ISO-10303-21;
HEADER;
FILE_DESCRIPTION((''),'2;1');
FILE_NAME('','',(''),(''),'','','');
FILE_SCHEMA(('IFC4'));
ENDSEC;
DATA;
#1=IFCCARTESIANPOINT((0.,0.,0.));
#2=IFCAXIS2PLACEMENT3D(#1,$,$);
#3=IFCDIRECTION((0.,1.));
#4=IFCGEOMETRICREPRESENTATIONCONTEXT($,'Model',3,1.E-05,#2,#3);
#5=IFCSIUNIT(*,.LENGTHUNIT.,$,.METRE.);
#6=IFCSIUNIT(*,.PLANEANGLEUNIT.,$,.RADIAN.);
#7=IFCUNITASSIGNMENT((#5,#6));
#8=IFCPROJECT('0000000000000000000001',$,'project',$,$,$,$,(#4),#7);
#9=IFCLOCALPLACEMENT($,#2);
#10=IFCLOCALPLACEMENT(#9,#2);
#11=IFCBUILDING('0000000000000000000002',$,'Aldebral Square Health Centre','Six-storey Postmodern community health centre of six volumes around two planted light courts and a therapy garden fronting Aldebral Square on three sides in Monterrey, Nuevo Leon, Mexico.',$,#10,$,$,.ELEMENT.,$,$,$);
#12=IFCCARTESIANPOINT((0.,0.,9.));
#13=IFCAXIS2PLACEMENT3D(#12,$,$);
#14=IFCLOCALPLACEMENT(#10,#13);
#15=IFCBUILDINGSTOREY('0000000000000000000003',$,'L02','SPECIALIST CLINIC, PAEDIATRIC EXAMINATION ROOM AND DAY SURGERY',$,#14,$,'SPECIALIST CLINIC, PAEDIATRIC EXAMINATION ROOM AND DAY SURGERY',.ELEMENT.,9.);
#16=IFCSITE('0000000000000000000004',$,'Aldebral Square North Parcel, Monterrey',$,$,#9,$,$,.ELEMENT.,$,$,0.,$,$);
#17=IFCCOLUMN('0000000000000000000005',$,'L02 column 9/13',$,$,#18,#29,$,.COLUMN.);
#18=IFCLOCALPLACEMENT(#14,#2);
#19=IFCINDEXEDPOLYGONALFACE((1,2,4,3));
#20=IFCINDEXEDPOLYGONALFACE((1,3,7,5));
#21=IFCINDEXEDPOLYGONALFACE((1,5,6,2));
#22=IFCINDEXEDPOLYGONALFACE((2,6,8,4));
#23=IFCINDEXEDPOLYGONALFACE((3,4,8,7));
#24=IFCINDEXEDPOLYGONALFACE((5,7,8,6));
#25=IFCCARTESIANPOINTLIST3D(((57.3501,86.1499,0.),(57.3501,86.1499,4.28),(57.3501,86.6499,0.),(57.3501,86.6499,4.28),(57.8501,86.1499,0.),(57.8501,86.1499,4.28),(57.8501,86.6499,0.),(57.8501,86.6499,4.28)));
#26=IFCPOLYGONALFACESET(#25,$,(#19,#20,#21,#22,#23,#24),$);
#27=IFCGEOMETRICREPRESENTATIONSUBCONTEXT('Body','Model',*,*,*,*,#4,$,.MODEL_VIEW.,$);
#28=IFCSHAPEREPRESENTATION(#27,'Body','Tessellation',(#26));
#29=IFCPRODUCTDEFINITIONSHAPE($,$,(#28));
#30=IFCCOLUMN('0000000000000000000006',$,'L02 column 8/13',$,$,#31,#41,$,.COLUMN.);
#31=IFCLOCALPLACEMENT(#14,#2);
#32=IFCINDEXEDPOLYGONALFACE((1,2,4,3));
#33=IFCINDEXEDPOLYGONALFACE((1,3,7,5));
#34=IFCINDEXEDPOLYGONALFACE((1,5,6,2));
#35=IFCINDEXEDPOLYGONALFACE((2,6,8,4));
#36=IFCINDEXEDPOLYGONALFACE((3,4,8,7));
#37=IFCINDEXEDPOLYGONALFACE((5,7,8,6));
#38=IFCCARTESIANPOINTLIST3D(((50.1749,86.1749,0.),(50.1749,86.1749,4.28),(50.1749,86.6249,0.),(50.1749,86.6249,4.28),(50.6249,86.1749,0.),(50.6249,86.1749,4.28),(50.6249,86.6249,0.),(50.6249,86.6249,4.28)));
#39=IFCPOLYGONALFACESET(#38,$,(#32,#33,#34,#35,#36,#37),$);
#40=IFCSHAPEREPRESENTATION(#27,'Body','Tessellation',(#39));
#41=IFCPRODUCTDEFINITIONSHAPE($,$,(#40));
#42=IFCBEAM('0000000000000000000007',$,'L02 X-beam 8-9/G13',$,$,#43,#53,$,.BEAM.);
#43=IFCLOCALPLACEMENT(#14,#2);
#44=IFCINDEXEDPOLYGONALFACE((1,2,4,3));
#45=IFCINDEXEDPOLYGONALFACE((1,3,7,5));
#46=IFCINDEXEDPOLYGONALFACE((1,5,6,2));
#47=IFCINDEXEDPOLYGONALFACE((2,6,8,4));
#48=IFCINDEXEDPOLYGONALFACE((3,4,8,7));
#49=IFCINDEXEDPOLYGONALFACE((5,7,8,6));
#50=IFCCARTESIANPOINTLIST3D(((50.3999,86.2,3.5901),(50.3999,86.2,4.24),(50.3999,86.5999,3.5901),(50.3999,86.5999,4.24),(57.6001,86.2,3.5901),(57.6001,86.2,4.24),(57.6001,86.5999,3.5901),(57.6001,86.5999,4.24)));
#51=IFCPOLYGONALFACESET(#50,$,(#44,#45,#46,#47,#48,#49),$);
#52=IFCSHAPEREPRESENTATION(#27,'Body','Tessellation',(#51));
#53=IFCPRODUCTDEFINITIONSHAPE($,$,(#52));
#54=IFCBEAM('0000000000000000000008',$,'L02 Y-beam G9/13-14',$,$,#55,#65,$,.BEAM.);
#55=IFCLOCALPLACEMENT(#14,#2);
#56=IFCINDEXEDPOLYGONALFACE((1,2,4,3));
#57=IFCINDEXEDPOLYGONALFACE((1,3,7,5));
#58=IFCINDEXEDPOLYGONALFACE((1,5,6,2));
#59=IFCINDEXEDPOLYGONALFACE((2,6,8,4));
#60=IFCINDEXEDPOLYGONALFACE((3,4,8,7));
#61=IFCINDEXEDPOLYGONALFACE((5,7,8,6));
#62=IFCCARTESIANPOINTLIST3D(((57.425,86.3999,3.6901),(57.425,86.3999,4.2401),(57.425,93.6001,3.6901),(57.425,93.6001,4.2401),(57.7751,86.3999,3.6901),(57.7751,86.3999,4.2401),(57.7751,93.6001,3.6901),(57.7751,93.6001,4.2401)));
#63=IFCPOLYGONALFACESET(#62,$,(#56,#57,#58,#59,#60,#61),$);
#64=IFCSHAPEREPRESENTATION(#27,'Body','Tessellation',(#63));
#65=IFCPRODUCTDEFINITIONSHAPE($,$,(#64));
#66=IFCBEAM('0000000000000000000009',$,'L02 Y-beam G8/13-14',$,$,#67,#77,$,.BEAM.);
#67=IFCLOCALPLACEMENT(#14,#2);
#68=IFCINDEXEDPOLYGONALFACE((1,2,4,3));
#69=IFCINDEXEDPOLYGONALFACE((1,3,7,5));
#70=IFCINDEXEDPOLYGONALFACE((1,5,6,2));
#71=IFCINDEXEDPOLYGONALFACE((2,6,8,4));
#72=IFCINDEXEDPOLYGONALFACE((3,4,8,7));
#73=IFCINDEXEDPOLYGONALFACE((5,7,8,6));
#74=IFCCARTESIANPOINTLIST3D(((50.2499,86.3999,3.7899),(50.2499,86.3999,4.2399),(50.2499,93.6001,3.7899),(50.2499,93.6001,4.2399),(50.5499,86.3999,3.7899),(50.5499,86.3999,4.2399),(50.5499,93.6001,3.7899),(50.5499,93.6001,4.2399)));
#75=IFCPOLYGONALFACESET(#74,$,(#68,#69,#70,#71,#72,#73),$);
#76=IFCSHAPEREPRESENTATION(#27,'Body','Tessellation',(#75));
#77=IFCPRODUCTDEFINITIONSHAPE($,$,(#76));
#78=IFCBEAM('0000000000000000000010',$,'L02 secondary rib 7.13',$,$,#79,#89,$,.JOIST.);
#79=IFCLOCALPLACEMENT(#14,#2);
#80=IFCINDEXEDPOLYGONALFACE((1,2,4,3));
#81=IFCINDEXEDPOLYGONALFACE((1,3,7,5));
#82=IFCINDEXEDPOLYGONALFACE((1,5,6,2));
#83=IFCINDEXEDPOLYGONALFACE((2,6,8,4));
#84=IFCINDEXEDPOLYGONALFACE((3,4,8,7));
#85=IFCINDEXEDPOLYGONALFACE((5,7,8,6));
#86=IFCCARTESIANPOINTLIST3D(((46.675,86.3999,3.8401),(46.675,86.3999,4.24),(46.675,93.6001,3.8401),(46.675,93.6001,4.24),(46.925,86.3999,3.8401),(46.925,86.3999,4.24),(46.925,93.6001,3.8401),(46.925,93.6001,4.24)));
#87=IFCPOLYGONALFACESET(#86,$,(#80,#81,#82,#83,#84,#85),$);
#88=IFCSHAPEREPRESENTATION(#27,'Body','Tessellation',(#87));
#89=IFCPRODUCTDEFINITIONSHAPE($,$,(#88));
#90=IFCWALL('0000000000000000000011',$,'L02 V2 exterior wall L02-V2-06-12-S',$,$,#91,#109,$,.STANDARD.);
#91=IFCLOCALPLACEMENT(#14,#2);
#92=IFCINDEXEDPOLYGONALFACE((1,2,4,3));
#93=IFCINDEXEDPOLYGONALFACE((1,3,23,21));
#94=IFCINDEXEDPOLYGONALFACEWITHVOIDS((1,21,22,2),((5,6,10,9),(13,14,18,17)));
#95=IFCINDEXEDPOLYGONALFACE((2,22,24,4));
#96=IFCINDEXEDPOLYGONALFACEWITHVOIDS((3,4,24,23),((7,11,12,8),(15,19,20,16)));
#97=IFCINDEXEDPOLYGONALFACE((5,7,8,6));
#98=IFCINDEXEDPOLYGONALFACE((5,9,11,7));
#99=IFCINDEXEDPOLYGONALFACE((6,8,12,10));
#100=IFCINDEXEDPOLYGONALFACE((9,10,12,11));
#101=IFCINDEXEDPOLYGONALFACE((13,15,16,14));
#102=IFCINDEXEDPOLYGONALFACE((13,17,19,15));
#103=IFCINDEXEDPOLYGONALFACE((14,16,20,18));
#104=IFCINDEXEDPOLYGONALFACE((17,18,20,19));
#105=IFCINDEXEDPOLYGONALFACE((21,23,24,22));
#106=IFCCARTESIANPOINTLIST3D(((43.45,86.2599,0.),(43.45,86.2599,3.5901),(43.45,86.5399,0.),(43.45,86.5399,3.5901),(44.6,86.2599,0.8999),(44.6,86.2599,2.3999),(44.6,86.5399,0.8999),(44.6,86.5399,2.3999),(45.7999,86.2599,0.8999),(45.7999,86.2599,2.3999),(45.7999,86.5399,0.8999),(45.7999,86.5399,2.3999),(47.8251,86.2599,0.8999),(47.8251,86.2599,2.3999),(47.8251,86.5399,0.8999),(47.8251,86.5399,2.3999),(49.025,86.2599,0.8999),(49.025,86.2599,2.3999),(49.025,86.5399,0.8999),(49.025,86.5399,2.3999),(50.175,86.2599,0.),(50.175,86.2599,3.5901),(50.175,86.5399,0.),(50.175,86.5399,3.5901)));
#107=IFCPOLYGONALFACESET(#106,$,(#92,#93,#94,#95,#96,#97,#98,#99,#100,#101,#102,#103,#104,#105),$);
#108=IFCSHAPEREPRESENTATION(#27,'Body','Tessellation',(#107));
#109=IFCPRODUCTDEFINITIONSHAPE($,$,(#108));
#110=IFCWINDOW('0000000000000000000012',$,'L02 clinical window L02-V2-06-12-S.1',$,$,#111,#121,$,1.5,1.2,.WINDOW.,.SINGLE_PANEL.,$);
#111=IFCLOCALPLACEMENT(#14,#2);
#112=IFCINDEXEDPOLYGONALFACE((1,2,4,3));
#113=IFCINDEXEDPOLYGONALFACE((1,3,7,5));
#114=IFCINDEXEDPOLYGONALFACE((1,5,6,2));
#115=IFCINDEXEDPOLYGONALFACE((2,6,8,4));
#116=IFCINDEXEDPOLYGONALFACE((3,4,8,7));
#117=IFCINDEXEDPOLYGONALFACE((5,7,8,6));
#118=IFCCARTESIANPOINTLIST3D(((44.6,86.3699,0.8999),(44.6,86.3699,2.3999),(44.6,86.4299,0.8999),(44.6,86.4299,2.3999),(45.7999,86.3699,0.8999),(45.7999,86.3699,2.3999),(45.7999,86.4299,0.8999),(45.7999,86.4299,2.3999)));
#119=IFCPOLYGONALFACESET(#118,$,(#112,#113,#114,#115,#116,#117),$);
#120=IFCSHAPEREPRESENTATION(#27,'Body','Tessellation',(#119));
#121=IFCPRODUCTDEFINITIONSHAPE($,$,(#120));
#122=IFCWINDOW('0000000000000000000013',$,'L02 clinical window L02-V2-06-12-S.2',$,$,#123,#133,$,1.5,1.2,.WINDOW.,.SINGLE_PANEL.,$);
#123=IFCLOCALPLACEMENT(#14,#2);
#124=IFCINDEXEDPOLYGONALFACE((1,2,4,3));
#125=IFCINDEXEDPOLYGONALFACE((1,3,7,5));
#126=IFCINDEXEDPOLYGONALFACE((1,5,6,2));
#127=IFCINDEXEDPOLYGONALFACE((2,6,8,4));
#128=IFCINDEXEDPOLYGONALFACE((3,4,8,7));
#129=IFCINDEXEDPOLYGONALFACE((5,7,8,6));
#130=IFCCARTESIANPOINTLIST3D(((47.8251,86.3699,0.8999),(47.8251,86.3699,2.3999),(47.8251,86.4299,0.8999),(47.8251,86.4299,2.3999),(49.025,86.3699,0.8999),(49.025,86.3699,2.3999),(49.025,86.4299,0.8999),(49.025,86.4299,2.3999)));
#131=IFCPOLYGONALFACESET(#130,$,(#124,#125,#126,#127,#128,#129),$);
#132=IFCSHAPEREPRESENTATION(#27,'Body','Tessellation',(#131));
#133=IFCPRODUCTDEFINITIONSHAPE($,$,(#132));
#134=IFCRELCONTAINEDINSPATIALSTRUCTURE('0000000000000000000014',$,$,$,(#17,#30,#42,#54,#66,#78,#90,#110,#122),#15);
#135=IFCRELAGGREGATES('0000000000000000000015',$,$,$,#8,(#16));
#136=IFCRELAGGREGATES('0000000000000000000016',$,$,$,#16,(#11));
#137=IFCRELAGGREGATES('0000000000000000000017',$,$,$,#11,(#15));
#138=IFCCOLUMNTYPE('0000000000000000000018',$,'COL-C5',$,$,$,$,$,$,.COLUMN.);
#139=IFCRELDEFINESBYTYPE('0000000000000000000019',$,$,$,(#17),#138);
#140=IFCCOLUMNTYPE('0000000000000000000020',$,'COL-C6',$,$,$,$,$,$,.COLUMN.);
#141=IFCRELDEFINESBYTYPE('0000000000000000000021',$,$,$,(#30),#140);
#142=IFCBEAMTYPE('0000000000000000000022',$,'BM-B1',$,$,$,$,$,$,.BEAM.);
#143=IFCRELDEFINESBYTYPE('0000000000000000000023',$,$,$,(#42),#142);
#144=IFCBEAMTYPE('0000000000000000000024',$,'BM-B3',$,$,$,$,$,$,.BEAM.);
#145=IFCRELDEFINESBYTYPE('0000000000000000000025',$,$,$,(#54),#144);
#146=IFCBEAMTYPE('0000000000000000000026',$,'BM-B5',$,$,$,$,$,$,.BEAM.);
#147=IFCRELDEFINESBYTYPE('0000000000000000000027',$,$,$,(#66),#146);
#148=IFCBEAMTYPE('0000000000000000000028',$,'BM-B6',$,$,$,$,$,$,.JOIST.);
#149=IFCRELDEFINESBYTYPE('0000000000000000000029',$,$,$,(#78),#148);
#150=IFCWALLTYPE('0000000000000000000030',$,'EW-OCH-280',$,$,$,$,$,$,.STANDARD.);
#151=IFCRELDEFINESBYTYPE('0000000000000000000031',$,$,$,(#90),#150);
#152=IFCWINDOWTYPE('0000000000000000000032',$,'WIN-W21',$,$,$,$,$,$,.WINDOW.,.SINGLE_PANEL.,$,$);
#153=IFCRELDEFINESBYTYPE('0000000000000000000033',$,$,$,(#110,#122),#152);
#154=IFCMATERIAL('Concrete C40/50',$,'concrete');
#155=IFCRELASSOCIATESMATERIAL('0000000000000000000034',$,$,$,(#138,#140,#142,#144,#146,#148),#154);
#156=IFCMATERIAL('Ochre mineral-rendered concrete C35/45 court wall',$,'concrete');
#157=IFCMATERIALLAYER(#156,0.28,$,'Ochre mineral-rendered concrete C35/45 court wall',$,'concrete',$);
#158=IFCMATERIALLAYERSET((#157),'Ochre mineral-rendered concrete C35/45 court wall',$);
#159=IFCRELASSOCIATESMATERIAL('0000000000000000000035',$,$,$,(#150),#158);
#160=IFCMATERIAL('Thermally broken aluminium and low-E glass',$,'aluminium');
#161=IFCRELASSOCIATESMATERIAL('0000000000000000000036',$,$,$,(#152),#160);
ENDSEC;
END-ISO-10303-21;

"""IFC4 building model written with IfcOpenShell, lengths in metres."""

from ifc_helpers import new_model, si_unit, direction, frame, frame_2d, origin, origin_2d, place, context, subcontext, project, spatial, rectangle, extrude, material, layer, layer_set, material_profile, profile_set, type_object, element, fill, save


model = new_model("IFC4")

# Units and contexts
model_context = context("Model", 3, precision=1e-05, world=origin(), true_north=direction((0.0, 1.0)))
body_context = subcontext(model_context, "Body", "Model", "MODEL_VIEW")
ifc_project = project(units=[si_unit("LENGTHUNIT", "METRE"), si_unit("PLANEANGLEUNIT", "RADIAN")], contexts=[model_context])

# Site, building, storey
site_placement = place(None, origin())
site = spatial("IfcSite", under=ifc_project, at=site_placement, Name="Aldebral Square North Parcel, Monterrey", CompositionType="ELEMENT", RefElevation=0.0)
building_placement = place(site_placement, origin())
building = spatial("IfcBuilding", under=site, at=building_placement, Name="Aldebral Square Health Centre", Description="Six-storey Postmodern community health centre of six volumes around two planted light courts and a therapy garden fronting Aldebral Square on three sides in Monterrey, Nuevo Leon, Mexico.", CompositionType="ELEMENT")
storey_placement = place(building_placement, frame((0.0, 0.0, 9.0)))
storey = spatial("IfcBuildingStorey", under=building, at=storey_placement, Name="L02", Description="SPECIALIST CLINIC, PAEDIATRIC EXAMINATION ROOM AND DAY SURGERY", LongName="SPECIALIST CLINIC, PAEDIATRIC EXAMINATION ROOM AND DAY SURGERY", CompositionType="ELEMENT", Elevation=9.0)

# Columns
ifc_material_1 = material(Name="Concrete C40/50", Category="concrete")
ifc_material_profile_1 = material_profile(ifc_material_1, rectangle(XDim=0.5, YDim=0.5, at=origin_2d()), Name="RC 500x500")
ifc_profile_set_1 = profile_set([ifc_material_profile_1], Name="Concrete C40/50")
column_type_1 = type_object("IfcColumnType", Name="COL-C5", PredefinedType="COLUMN", material=ifc_profile_set_1)
column_1_placement = place(storey_placement, frame((57.6001, 86.3999, 0.0), z_axis=(0.0, 0.0, 1.0), x_axis=(1.0, 0.0, 0.0)))
element("IfcColumn", 1, at=column_1_placement, inside=storey, type_object=column_type_1, Name="L02 column 9/13", PredefinedType="COLUMN", context=body_context, shape_type="SweptSolid", body=[
    extrude(rectangle(XDim=0.5, YDim=0.5, at=origin_2d()), origin(), (0.0, 0.0, 1.0), 4.28),
])
ifc_material_profile_2 = material_profile(ifc_material_1, rectangle(XDim=0.45, YDim=0.45, at=origin_2d()), Name="RC 450x450")
ifc_profile_set_2 = profile_set([ifc_material_profile_2], Name="Concrete C40/50")
column_type_2 = type_object("IfcColumnType", Name="COL-C6", PredefinedType="COLUMN", material=ifc_profile_set_2)
column_2_placement = place(storey_placement, frame((50.3999, 86.3999, 0.0), z_axis=(0.0, 0.0, 1.0), x_axis=(1.0, 0.0, 0.0)))
element("IfcColumn", 2, at=column_2_placement, inside=storey, type_object=column_type_2, Name="L02 column 8/13", PredefinedType="COLUMN", context=body_context, shape_type="SweptSolid", body=[
    extrude(rectangle(XDim=0.45, YDim=0.45, at=origin_2d()), origin(), (0.0, 0.0, 1.0), 4.28),
])

# Beams
ifc_material_profile_3 = material_profile(ifc_material_1, rectangle(XDim=0.3999, YDim=0.6499, at=origin_2d()), Name="RC 400x650")
ifc_profile_set_3 = profile_set([ifc_material_profile_3], Name="Concrete C40/50")
beam_type_1 = type_object("IfcBeamType", Name="BM-B1", PredefinedType="BEAM", material=ifc_profile_set_3)
beam_1_placement = place(storey_placement, frame((50.3999, 86.3999, 3.915), z_axis=(1.0, 0.0, 0.0), x_axis=(0.0, 1.0, 0.0)))
element("IfcBeam", 3, at=beam_1_placement, inside=storey, type_object=beam_type_1, Name="L02 X-beam 8-9/G13", PredefinedType="BEAM", context=body_context, shape_type="SweptSolid", body=[
    extrude(rectangle(XDim=0.3999, YDim=0.6499, at=origin_2d()), origin(), (0.0, 0.0, 1.0), 7.2002),
])
ifc_material_profile_4 = material_profile(ifc_material_1, rectangle(XDim=0.3501, YDim=0.55, at=origin_2d()), Name="RC 350x550")
ifc_profile_set_4 = profile_set([ifc_material_profile_4], Name="Concrete C40/50")
beam_type_2 = type_object("IfcBeamType", Name="BM-B3", PredefinedType="BEAM", material=ifc_profile_set_4)
beam_2_placement = place(storey_placement, frame((57.6001, 86.3999, 3.9651), z_axis=(0.0, 1.0, 0.0), x_axis=(-1.0, 0.0, 0.0)))
element("IfcBeam", 4, at=beam_2_placement, inside=storey, type_object=beam_type_2, Name="L02 Y-beam G9/13-14", PredefinedType="BEAM", context=body_context, shape_type="SweptSolid", body=[
    extrude(rectangle(XDim=0.3501, YDim=0.55, at=origin_2d()), origin(), (0.0, 0.0, 1.0), 7.2002),
])
ifc_material_profile_5 = material_profile(ifc_material_1, rectangle(XDim=0.3, YDim=0.45, at=origin_2d()), Name="RC 300x450")
ifc_profile_set_5 = profile_set([ifc_material_profile_5], Name="Concrete C40/50")
beam_type_3 = type_object("IfcBeamType", Name="BM-B5", PredefinedType="BEAM", material=ifc_profile_set_5)
beam_3_placement = place(storey_placement, frame((50.3999, 86.3999, 4.0149), z_axis=(0.0, 1.0, 0.0), x_axis=(-1.0, 0.0, 0.0)))
element("IfcBeam", 5, at=beam_3_placement, inside=storey, type_object=beam_type_3, Name="L02 Y-beam G8/13-14", PredefinedType="BEAM", context=body_context, shape_type="SweptSolid", body=[
    extrude(rectangle(XDim=0.3, YDim=0.45, at=origin_2d()), origin(), (0.0, 0.0, 1.0), 7.2002),
])
ifc_material_profile_6 = material_profile(ifc_material_1, rectangle(XDim=0.25, YDim=0.3999, at=origin_2d()), Name="RC 250x400")
ifc_profile_set_6 = profile_set([ifc_material_profile_6], Name="Concrete C40/50")
beam_type_4 = type_object("IfcBeamType", Name="BM-B6", PredefinedType="JOIST", material=ifc_profile_set_6)
beam_4_placement = place(storey_placement, frame((46.8, 86.3999, 4.04), z_axis=(0.0, 1.0, 0.0), x_axis=(-1.0, 0.0, 0.0)))
element("IfcBeam", 6, at=beam_4_placement, inside=storey, type_object=beam_type_4, Name="L02 secondary rib 7.13", PredefinedType="JOIST", context=body_context, shape_type="SweptSolid", body=[
    extrude(rectangle(XDim=0.25, YDim=0.3999, at=origin_2d()), origin(), (0.0, 0.0, 1.0), 7.2002),
])

# Wall, openings, windows
ifc_material_2 = material(Name="Ochre mineral-rendered concrete C35/45 court wall", Category="concrete")
ifc_layer_1 = layer(ifc_material_2, 0.28, Name="Ochre mineral-rendered concrete C35/45 court wall", Category="concrete")
ifc_layer_set_1 = layer_set([ifc_layer_1], Name="Ochre mineral-rendered concrete C35/45 court wall")
wall_type_1 = type_object("IfcWallType", Name="EW-OCH-280", PredefinedType="STANDARD", material=ifc_layer_set_1)
wall_1_placement = place(storey_placement, frame((43.45, 86.3999, 0.0), z_axis=(0.0, 0.0, 1.0), x_axis=(1.0, 0.0, 0.0)))
wall_1 = element("IfcWall", 7, at=wall_1_placement, inside=storey, type_object=wall_type_1, Name="L02 V2 exterior wall L02-V2-06-12-S", PredefinedType="STANDARD", context=body_context, shape_type="SweptSolid", body=[
    extrude(rectangle(XDim=6.7251, YDim=0.28, at=frame_2d((3.3625, 0.0))), origin(), (0.0, 0.0, 1.0), 3.5901),
])
opening_1_placement = place(wall_1_placement, frame((1.1499, 0.0, 0.8999)))
opening_1 = element("IfcOpeningElement", 8, at=opening_1_placement, cuts=wall_1, PredefinedType="OPENING", context=body_context, shape_type="SweptSolid", body=[
    extrude(rectangle(XDim=1.2, YDim=1.5, at=frame_2d((0.6001, 0.75))), frame((0.0, 0.1499, 0.0), z_axis=(0.0, -1.0, 0.0), x_axis=(1.0, 0.0, 0.0)), (0.0, 0.0, 1.0), 0.3),
])
opening_2_placement = place(wall_1_placement, frame((4.375, 0.0, 0.8999)))
opening_2 = element("IfcOpeningElement", 9, at=opening_2_placement, cuts=wall_1, PredefinedType="OPENING", context=body_context, shape_type="SweptSolid", body=[
    extrude(rectangle(XDim=1.2, YDim=1.5, at=frame_2d((0.6001, 0.75))), frame((0.0, 0.1499, 0.0), z_axis=(0.0, -1.0, 0.0), x_axis=(1.0, 0.0, 0.0)), (0.0, 0.0, 1.0), 0.3),
])
ifc_material_3 = material(Name="Thermally broken aluminium and low-E glass", Category="aluminium")
window_type_1 = type_object("IfcWindowType", Name="WIN-W21", PartitioningType="SINGLE_PANEL", PredefinedType="WINDOW", material=ifc_material_3)
window_1_placement = place(opening_1_placement, origin())
window_1 = element("IfcWindow", 10, at=window_1_placement, inside=storey, type_object=window_type_1, Name="L02 clinical window L02-V2-06-12-S.1", OverallHeight=1.5, OverallWidth=1.2, PartitioningType="SINGLE_PANEL", PredefinedType="WINDOW", context=body_context, shape_type="SweptSolid", body=[
    extrude(rectangle(XDim=1.2, YDim=1.5, at=frame_2d((0.6001, 0.75))), frame((0.0, 0.03, 0.0), z_axis=(0.0, -1.0, 0.0), x_axis=(1.0, 0.0, 0.0)), (0.0, 0.0, 1.0), 0.0601),
])
fill(opening_1, window_1)
window_2_placement = place(opening_2_placement, origin())
window_2 = element("IfcWindow", 11, at=window_2_placement, inside=storey, type_object=window_type_1, Name="L02 clinical window L02-V2-06-12-S.2", OverallHeight=1.5, OverallWidth=1.2, PartitioningType="SINGLE_PANEL", PredefinedType="WINDOW", context=body_context, shape_type="SweptSolid", body=[
    extrude(rectangle(XDim=1.2, YDim=1.5, at=frame_2d((0.6001, 0.75))), frame((0.0, 0.03, 0.0), z_axis=(0.0, -1.0, 0.0), x_axis=(1.0, 0.0, 0.0)), (0.0, 0.0, 1.0), 0.0601),
])
fill(opening_2, window_2)

save(model, "model.ifc")
